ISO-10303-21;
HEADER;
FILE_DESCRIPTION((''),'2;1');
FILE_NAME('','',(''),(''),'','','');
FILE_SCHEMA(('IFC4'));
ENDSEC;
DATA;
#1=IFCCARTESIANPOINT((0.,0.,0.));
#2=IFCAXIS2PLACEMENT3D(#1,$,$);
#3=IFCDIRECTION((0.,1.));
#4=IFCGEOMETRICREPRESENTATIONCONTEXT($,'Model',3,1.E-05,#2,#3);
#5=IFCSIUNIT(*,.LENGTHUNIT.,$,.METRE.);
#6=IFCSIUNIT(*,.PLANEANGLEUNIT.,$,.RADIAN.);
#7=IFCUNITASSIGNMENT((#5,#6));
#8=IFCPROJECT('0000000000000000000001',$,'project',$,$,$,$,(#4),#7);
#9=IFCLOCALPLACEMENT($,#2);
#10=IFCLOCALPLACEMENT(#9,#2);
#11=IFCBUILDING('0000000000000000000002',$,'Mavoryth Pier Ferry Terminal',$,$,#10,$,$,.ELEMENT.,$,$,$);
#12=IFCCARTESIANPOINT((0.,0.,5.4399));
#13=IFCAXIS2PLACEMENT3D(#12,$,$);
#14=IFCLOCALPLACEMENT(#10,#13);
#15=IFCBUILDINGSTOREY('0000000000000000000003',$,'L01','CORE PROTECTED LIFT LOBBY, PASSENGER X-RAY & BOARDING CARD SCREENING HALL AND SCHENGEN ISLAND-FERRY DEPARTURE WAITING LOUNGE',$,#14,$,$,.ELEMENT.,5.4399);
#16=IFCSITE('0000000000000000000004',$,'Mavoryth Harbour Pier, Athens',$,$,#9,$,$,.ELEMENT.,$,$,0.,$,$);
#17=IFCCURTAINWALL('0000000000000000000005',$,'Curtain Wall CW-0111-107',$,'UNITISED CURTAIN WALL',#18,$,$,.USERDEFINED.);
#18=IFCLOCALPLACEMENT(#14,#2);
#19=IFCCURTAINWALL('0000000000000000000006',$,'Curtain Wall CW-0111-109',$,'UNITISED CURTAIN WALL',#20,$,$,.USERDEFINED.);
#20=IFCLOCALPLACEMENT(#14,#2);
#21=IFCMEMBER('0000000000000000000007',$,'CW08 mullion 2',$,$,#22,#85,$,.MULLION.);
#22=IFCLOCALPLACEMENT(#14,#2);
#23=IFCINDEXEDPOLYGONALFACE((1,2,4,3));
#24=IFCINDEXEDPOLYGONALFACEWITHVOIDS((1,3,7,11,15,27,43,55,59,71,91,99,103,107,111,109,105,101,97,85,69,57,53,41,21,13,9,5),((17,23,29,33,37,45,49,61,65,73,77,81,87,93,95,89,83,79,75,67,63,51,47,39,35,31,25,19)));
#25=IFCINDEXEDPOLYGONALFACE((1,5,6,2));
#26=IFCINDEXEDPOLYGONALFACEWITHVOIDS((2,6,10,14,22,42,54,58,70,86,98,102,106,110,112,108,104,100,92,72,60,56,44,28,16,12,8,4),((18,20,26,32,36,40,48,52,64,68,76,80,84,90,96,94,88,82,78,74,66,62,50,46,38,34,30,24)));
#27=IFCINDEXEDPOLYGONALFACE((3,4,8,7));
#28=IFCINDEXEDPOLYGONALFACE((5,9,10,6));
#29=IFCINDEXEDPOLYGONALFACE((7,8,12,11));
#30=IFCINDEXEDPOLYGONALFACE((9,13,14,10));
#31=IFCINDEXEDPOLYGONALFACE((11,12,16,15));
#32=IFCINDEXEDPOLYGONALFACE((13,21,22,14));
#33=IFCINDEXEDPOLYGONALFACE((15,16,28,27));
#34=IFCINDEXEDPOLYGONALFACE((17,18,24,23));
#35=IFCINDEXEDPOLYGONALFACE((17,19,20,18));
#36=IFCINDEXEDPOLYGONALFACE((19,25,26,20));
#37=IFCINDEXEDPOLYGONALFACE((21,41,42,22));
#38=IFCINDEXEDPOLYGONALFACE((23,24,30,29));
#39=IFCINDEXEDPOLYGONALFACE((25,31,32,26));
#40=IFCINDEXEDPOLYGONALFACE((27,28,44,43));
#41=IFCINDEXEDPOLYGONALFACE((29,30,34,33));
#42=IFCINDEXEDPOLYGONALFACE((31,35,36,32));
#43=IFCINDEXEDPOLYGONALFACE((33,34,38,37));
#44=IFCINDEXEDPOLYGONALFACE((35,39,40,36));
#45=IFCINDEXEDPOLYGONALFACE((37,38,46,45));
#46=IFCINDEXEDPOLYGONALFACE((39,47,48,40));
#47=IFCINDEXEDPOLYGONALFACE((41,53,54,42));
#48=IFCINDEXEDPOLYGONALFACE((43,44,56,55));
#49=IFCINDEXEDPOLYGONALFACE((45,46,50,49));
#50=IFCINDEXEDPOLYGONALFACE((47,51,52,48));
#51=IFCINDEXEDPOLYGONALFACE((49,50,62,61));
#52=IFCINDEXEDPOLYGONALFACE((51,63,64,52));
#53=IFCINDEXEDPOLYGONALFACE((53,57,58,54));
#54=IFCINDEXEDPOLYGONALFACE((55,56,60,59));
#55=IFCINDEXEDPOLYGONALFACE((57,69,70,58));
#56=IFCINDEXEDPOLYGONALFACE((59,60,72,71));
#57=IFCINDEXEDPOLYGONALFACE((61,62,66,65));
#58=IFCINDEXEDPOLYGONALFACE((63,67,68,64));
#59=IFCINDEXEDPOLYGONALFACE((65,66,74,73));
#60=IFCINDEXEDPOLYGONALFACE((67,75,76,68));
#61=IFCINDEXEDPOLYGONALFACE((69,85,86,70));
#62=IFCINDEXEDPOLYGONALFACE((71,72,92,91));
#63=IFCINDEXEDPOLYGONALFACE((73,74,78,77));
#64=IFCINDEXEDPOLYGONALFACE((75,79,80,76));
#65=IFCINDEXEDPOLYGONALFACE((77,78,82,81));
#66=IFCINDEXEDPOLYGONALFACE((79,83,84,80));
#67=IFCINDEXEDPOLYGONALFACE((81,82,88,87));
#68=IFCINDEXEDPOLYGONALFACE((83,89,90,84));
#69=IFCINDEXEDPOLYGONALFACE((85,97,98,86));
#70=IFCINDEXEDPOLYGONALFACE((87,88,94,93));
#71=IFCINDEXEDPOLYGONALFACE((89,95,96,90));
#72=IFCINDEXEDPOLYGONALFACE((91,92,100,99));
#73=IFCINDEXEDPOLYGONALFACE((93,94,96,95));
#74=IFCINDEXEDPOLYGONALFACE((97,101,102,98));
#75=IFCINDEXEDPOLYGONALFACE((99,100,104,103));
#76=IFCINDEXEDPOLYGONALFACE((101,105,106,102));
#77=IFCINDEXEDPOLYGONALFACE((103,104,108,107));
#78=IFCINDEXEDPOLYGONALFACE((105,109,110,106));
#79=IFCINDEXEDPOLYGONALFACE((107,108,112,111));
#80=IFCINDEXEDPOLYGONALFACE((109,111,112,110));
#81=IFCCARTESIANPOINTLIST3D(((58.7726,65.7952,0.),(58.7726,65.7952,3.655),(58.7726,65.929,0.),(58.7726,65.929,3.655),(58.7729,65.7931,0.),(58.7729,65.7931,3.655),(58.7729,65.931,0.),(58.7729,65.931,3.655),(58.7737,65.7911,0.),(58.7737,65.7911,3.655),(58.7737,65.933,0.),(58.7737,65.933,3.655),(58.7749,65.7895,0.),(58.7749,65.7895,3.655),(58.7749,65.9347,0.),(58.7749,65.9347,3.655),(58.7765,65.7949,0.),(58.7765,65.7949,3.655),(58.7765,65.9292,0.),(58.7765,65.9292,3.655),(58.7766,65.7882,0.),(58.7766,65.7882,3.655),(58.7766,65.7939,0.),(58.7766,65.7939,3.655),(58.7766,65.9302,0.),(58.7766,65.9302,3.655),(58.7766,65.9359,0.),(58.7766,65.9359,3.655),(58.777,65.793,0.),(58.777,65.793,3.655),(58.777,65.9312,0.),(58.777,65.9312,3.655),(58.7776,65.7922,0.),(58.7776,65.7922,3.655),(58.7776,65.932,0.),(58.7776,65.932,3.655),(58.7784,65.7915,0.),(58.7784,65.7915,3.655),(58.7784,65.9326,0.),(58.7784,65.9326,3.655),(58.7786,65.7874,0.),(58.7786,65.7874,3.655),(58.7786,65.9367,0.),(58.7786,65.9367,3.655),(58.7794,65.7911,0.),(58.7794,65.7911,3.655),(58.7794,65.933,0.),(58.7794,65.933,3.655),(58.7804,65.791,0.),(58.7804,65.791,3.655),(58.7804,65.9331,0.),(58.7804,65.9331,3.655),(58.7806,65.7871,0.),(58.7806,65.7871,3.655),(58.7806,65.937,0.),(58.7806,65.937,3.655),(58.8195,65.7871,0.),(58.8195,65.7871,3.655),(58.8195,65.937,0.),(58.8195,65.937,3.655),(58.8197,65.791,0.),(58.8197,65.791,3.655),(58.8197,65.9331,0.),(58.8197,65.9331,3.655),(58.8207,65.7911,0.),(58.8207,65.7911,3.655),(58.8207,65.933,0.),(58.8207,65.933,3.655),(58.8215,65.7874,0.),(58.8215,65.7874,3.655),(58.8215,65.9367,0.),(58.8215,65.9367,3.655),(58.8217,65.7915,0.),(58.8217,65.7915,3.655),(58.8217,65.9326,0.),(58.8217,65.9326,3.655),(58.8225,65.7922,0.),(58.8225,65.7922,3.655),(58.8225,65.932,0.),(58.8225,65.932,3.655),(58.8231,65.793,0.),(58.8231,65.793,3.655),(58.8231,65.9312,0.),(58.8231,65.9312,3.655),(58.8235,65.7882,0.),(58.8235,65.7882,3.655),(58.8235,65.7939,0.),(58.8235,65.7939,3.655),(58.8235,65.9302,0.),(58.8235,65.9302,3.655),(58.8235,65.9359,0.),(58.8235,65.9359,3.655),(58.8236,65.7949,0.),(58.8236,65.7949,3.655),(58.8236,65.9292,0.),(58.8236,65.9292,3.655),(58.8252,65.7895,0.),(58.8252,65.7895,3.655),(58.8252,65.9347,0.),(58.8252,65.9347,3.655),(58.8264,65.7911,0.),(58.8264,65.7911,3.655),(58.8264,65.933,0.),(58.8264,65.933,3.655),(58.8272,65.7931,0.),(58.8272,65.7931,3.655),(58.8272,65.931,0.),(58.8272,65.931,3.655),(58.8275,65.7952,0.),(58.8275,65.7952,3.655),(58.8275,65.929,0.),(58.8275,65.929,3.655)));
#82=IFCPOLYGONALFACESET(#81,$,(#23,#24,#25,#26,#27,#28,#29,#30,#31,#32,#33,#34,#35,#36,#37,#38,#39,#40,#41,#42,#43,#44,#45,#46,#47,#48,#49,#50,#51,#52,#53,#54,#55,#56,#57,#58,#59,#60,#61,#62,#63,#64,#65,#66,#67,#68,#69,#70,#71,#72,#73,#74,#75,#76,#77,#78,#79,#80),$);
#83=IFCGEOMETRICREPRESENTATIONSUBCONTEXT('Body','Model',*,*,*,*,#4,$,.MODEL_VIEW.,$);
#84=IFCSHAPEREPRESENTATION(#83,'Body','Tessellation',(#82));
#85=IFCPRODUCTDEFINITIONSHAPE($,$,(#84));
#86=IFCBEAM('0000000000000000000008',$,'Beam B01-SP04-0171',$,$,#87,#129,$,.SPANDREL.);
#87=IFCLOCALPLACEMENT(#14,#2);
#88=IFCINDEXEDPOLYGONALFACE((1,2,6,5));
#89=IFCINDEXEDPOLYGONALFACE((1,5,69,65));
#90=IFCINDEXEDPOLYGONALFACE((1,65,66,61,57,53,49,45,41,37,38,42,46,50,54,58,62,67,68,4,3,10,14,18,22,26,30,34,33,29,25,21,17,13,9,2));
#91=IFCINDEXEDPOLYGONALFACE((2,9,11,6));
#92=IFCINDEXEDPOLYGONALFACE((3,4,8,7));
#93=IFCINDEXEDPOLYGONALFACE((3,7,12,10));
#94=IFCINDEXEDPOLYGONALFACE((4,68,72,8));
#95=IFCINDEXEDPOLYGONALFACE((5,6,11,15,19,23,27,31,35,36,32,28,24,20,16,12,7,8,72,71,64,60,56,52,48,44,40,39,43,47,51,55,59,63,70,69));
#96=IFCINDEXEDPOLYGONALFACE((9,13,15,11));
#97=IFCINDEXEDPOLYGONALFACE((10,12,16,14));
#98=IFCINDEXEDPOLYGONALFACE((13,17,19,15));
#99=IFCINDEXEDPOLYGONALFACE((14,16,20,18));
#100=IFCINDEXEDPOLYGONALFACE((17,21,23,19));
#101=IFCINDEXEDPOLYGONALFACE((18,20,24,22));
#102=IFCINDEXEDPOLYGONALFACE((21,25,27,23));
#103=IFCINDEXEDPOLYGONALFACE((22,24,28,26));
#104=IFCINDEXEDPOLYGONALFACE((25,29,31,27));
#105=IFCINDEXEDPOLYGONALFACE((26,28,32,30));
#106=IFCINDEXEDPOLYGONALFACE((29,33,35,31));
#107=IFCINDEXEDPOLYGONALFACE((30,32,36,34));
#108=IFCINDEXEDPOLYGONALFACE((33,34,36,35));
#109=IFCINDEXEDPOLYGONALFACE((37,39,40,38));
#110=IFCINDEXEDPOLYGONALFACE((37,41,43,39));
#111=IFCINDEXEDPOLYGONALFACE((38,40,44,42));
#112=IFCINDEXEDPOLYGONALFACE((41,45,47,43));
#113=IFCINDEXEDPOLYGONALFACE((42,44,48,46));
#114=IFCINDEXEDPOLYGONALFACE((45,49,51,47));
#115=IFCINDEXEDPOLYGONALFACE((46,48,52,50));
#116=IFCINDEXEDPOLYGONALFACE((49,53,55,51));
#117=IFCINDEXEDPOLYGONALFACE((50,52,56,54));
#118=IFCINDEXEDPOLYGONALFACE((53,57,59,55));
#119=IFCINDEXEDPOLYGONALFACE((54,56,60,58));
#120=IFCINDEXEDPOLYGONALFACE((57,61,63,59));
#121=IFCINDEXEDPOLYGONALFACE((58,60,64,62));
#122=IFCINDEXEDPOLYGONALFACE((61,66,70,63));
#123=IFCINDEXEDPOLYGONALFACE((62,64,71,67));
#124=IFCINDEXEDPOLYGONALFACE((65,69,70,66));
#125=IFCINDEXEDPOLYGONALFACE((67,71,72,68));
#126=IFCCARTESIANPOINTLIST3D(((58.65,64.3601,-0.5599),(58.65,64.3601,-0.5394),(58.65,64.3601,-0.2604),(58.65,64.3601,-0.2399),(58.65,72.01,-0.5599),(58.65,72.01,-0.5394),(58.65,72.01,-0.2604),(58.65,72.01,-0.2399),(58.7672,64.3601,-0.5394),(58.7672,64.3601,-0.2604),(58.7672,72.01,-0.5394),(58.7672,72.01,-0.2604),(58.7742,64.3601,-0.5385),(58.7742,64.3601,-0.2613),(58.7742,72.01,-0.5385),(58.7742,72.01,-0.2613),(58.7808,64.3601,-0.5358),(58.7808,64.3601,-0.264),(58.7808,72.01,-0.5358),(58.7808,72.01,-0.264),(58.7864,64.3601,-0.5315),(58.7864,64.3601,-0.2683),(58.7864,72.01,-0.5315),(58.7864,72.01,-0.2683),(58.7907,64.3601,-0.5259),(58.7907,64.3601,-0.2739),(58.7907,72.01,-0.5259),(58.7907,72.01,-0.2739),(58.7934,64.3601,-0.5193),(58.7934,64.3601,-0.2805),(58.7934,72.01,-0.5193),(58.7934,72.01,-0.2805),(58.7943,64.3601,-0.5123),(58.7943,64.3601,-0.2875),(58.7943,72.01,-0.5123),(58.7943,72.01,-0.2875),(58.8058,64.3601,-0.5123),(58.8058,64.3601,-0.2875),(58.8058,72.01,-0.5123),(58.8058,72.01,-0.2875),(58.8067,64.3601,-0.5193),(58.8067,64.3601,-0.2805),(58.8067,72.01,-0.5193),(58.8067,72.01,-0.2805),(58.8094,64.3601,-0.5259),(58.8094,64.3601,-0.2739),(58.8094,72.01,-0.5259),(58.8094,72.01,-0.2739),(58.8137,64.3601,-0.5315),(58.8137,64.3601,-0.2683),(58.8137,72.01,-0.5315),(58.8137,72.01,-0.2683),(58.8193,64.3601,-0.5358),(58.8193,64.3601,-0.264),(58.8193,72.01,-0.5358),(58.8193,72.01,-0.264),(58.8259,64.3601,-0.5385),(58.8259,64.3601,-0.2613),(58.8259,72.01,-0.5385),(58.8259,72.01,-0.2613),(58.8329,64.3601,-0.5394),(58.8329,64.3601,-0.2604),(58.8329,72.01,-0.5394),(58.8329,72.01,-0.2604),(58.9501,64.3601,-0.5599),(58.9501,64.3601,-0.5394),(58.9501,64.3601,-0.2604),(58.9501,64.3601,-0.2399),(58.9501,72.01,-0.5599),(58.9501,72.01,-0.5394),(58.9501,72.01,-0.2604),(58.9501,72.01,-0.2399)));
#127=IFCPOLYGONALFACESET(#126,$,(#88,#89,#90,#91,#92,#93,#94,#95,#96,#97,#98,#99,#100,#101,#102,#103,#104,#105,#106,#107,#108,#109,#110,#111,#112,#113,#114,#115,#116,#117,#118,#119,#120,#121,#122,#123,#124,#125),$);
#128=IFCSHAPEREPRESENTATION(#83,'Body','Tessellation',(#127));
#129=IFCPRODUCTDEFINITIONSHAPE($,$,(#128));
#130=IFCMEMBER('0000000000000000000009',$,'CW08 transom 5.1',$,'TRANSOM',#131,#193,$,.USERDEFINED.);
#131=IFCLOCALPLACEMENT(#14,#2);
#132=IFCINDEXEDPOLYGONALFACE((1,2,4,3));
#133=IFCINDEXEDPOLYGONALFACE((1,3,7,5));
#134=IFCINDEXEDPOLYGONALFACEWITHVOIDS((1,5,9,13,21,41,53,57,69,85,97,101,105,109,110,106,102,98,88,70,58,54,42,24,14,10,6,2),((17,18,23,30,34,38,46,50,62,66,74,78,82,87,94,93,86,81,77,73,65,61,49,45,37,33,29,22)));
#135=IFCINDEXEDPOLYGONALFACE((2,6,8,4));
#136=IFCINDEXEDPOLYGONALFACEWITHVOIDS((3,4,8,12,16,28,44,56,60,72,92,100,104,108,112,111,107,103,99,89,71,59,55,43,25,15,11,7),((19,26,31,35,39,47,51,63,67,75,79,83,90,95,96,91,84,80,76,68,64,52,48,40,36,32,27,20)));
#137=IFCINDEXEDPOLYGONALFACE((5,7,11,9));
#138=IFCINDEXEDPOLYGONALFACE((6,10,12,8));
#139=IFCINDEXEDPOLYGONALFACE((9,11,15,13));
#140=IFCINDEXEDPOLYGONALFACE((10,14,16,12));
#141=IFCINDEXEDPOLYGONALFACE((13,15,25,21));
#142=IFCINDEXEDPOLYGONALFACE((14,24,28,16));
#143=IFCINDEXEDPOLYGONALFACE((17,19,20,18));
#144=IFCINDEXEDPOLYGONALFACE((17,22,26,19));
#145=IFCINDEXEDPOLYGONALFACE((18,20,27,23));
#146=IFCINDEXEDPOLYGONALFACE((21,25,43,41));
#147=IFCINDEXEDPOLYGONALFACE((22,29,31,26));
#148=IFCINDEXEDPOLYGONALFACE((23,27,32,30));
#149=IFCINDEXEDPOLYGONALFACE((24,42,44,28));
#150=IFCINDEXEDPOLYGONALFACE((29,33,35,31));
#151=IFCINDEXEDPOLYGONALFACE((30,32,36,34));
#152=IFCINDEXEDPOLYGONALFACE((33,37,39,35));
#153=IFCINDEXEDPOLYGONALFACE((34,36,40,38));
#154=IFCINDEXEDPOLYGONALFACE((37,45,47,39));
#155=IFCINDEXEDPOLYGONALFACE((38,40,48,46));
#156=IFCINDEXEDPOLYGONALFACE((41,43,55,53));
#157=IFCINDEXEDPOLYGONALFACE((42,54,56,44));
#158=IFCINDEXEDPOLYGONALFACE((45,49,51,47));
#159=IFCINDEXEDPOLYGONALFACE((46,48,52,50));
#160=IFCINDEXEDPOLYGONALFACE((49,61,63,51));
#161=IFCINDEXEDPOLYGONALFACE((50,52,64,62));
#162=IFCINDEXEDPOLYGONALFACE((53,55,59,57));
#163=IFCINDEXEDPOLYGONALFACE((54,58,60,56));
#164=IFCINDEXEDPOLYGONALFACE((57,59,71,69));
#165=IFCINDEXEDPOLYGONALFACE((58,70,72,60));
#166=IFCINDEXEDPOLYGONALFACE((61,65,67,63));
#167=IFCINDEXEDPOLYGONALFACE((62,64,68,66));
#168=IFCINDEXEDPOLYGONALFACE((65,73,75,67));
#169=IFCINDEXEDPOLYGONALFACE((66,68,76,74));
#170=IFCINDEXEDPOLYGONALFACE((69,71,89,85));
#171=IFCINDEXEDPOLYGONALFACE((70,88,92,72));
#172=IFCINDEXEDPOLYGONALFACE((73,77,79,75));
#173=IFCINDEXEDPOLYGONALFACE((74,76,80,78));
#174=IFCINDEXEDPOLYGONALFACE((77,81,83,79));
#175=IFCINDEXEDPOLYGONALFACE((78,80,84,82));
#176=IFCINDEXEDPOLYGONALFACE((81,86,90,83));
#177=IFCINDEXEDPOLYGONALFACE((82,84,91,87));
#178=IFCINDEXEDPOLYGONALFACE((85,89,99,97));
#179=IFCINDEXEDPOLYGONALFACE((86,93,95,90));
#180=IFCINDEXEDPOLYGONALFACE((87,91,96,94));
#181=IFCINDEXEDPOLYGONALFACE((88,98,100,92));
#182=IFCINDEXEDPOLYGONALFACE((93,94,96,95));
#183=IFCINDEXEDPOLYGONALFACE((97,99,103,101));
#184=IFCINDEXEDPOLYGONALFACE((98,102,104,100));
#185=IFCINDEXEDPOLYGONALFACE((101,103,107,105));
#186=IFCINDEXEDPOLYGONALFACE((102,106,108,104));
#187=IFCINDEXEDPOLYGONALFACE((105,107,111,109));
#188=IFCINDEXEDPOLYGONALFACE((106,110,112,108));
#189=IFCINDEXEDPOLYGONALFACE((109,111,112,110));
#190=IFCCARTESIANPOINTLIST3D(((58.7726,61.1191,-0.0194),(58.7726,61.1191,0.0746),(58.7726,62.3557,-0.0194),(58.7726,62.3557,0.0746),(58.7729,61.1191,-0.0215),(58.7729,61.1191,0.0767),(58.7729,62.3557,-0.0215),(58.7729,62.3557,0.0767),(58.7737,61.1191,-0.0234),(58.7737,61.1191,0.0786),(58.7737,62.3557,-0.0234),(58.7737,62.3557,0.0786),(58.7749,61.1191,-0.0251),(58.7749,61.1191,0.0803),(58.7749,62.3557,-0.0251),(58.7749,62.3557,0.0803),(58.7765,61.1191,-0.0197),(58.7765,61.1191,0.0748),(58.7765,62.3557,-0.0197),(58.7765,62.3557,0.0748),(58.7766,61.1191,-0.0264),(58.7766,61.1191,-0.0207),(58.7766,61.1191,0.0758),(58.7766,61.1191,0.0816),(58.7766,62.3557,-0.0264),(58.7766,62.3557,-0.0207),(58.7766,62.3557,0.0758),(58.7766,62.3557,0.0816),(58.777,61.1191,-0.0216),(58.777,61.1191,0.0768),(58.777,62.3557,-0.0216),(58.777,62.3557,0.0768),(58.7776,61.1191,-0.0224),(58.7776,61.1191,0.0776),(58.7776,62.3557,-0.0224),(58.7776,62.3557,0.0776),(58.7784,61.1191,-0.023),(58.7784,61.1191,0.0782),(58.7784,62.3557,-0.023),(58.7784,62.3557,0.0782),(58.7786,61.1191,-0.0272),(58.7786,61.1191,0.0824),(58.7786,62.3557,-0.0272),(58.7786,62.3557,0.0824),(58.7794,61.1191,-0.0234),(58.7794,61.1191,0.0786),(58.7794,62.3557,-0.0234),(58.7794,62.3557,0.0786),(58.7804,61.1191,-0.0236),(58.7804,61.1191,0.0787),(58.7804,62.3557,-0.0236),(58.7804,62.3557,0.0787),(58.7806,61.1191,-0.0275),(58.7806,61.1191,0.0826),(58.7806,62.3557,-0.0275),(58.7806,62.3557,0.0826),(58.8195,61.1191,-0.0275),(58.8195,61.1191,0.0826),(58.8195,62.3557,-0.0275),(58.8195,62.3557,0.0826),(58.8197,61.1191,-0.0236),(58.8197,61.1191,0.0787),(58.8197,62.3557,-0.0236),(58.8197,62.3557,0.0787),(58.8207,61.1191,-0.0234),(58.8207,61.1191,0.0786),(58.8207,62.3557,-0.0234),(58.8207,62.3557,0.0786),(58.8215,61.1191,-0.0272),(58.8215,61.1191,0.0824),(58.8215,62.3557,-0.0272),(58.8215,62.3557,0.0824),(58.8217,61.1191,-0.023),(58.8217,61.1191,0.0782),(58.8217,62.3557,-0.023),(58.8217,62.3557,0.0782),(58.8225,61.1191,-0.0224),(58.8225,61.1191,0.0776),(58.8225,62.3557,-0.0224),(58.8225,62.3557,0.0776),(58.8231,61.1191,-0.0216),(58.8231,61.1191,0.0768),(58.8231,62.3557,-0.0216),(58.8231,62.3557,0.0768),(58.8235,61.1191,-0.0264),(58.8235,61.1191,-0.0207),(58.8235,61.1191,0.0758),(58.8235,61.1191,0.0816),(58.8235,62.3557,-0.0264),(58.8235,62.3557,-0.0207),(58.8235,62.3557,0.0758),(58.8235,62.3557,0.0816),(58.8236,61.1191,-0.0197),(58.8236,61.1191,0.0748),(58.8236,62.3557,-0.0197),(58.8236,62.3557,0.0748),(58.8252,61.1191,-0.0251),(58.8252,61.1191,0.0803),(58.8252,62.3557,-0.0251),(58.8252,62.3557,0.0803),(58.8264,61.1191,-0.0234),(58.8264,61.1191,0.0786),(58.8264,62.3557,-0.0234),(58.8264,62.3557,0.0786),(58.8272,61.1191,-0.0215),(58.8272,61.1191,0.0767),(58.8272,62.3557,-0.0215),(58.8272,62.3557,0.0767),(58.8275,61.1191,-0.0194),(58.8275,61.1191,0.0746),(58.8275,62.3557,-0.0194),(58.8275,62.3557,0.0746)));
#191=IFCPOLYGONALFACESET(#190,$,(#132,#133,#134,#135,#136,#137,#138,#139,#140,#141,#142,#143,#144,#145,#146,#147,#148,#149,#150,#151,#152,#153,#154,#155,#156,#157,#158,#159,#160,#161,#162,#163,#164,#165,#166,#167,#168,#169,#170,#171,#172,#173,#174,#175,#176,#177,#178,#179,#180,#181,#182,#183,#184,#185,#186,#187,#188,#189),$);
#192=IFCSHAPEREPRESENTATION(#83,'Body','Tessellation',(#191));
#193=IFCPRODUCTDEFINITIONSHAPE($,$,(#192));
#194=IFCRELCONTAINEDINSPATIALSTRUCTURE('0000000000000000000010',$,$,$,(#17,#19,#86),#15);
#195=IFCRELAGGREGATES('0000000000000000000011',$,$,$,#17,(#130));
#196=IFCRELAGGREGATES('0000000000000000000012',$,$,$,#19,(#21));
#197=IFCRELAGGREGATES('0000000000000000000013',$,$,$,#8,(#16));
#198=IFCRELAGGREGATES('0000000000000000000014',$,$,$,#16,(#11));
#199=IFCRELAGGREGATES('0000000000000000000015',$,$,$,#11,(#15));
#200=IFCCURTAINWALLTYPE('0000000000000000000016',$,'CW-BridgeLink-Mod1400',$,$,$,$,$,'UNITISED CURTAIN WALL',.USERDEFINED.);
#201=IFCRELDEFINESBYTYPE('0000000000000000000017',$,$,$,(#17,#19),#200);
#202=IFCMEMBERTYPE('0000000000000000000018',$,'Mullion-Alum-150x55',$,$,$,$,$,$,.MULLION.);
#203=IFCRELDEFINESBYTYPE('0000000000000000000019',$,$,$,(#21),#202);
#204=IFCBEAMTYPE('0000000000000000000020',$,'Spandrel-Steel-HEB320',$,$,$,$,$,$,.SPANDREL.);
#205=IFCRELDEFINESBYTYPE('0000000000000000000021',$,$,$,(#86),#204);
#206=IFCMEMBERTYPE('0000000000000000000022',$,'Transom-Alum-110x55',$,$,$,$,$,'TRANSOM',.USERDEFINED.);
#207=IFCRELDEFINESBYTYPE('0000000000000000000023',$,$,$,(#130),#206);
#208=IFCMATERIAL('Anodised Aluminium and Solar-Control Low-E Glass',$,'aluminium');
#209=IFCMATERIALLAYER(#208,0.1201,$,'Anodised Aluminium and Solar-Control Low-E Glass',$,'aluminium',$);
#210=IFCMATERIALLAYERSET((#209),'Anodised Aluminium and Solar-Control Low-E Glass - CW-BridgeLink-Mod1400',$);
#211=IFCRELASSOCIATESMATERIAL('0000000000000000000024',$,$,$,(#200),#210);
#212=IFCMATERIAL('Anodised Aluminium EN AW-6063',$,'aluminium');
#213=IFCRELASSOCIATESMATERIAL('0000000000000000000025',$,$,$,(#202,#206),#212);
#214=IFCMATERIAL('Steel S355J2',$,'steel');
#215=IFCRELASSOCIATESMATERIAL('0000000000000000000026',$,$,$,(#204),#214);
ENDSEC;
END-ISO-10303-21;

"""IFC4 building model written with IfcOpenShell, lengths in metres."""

from ifc_helpers import new_model, si_unit, direction, frame, origin, origin_2d, place, context, subcontext, project, spatial, hollow_rectangle, i_section, extrude, material, layer, layer_set, material_profile, profile_set, type_object, element, aggregate, save


model = new_model("IFC4")

# Units and contexts
model_context = context("Model", 3, precision=1e-05, world=origin(), true_north=direction((0.0, 1.0)))
body_context = subcontext(model_context, "Body", "Model", "MODEL_VIEW")
ifc_project = project(units=[si_unit("LENGTHUNIT", "METRE"), si_unit("PLANEANGLEUNIT", "RADIAN")], contexts=[model_context])

# Site, building, storey
site_placement = place(None, origin())
site = spatial("IfcSite", under=ifc_project, at=site_placement, Name="Mavoryth Harbour Pier, Athens", CompositionType="ELEMENT", RefElevation=0.0)
building_placement = place(site_placement, origin())
building = spatial("IfcBuilding", under=site, at=building_placement, Name="Mavoryth Pier Ferry Terminal", CompositionType="ELEMENT")
storey_placement = place(building_placement, frame((0.0, 0.0, 5.4399)))
storey = spatial("IfcBuildingStorey", under=building, at=storey_placement, Name="L01", Description="CORE PROTECTED LIFT LOBBY, PASSENGER X-RAY & BOARDING CARD SCREENING HALL AND SCHENGEN ISLAND-FERRY DEPARTURE WAITING LOUNGE", CompositionType="ELEMENT", Elevation=5.4399)

# Shared definitions
ifc_material_1 = material(Name="Steel S355J2", Category="steel")

# Curtain walls, member
ifc_material_2 = material(Name="Anodised Aluminium and Solar-Control Low-E Glass", Category="aluminium")
ifc_layer_1 = layer(ifc_material_2, 0.1201, Name="Anodised Aluminium and Solar-Control Low-E Glass", Category="aluminium")
ifc_layer_set_1 = layer_set([ifc_layer_1], Name="Anodised Aluminium and Solar-Control Low-E Glass - CW-BridgeLink-Mod1400")
curtain_wall_type = type_object("IfcCurtainWallType", Name="CW-BridgeLink-Mod1400", ElementType="UNITISED CURTAIN WALL", PredefinedType="USERDEFINED", material=ifc_layer_set_1)
curtain_wall_1_placement = place(storey_placement, origin())
curtain_wall_1 = element("IfcCurtainWall", 1, at=curtain_wall_1_placement, inside=storey, type_object=curtain_wall_type, Name="Curtain Wall CW-0111-107", ObjectType="UNITISED CURTAIN WALL", PredefinedType="USERDEFINED")
ifc_material_3 = material(Name="Anodised Aluminium EN AW-6063", Category="aluminium")
ifc_material_profile_1 = material_profile(ifc_material_3, hollow_rectangle(XDim=0.0549, YDim=0.1499, WallThickness=0.0039, InnerFilletRadius=0.0039, OuterFilletRadius=0.0081, at=origin_2d()), Name="AL-MULL 150x55x4", Category="aluminium")
ifc_profile_set_1 = profile_set([ifc_material_profile_1], Name="Anodised Aluminium EN AW-6063 - AL-MULL 150x55x4")
member_type_1 = type_object("IfcMemberType", Name="Mullion-Alum-150x55", PredefinedType="MULLION", material=ifc_profile_set_1)
curtain_wall_2_placement = place(storey_placement, origin())
curtain_wall_2 = element("IfcCurtainWall", 2, at=curtain_wall_2_placement, inside=storey, type_object=curtain_wall_type, Name="Curtain Wall CW-0111-109", ObjectType="UNITISED CURTAIN WALL", PredefinedType="USERDEFINED")
member_1_placement = place(storey_placement, frame((58.8, 65.8621, 0.0), z_axis=(0.0, 0.0, 1.0), x_axis=(-1.0, 0.0, 0.0)))
member_1 = element("IfcMember", 3, at=member_1_placement, type_object=member_type_1, Name="CW08 mullion 2", PredefinedType="MULLION", context=body_context, shape_type="SweptSolid", body=[
    extrude(hollow_rectangle(XDim=0.0549, YDim=0.1499, WallThickness=0.0039, InnerFilletRadius=0.0039, OuterFilletRadius=0.0081, at=origin_2d()), origin(), (0.0, 0.0, 1.0), 3.655),
])

# Beam
ifc_material_profile_2 = material_profile(ifc_material_1, i_section(OverallWidth=0.3, OverallDepth=0.3201, WebThickness=0.0115, FlangeThickness=0.0205, FilletRadius=0.0271, at=origin_2d()), Name="HEB 320", Category="steel")
ifc_profile_set_2 = profile_set([ifc_material_profile_2], Name="Steel S355J2 - HEB 320")
beam_type_1 = type_object("IfcBeamType", Name="Spandrel-Steel-HEB320", PredefinedType="SPANDREL", material=ifc_profile_set_2)
beam_placement = place(storey_placement, frame((58.8, 64.3601, -0.3999), z_axis=(0.0, 1.0, 0.0), x_axis=(-1.0, 0.0, 0.0)))
element("IfcBeam", 4, at=beam_placement, inside=storey, type_object=beam_type_1, Name="Beam B01-SP04-0171", PredefinedType="SPANDREL", context=body_context, shape_type="SweptSolid", body=[
    extrude(i_section(OverallWidth=0.3, OverallDepth=0.3201, WebThickness=0.0115, FlangeThickness=0.0205, FilletRadius=0.0271, at=origin_2d()), origin(), (0.0, 0.0, 1.0), 7.6499),
])

# Member
ifc_material_profile_3 = material_profile(ifc_material_3, hollow_rectangle(XDim=0.0549, YDim=0.1101, WallThickness=0.0039, InnerFilletRadius=0.0039, OuterFilletRadius=0.0081, at=origin_2d()), Name="AL-TRAN 110x55x4", Category="aluminium")
ifc_profile_set_3 = profile_set([ifc_material_profile_3], Name="Anodised Aluminium EN AW-6063 - AL-TRAN 110x55x4")
member_type_2 = type_object("IfcMemberType", Name="Transom-Alum-110x55", ElementType="TRANSOM", PredefinedType="USERDEFINED", material=ifc_profile_set_3)
member_2_placement = place(storey_placement, frame((58.8, 61.1191, 0.0276), z_axis=(0.0, 1.0, 0.0), x_axis=(-1.0, 0.0, 0.0)))
member_2 = element("IfcMember", 5, at=member_2_placement, type_object=member_type_2, Name="CW08 transom 5.1", ObjectType="TRANSOM", PredefinedType="USERDEFINED", context=body_context, shape_type="SweptSolid", body=[
    extrude(hollow_rectangle(XDim=0.0549, YDim=0.1101, WallThickness=0.0039, InnerFilletRadius=0.0039, OuterFilletRadius=0.0081, at=origin_2d()), origin(), (0.0, 0.0, 1.0), 1.2366),
])

aggregate(curtain_wall_1, [member_2])
aggregate(curtain_wall_2, [member_1])

save(model, "model.ifc")
